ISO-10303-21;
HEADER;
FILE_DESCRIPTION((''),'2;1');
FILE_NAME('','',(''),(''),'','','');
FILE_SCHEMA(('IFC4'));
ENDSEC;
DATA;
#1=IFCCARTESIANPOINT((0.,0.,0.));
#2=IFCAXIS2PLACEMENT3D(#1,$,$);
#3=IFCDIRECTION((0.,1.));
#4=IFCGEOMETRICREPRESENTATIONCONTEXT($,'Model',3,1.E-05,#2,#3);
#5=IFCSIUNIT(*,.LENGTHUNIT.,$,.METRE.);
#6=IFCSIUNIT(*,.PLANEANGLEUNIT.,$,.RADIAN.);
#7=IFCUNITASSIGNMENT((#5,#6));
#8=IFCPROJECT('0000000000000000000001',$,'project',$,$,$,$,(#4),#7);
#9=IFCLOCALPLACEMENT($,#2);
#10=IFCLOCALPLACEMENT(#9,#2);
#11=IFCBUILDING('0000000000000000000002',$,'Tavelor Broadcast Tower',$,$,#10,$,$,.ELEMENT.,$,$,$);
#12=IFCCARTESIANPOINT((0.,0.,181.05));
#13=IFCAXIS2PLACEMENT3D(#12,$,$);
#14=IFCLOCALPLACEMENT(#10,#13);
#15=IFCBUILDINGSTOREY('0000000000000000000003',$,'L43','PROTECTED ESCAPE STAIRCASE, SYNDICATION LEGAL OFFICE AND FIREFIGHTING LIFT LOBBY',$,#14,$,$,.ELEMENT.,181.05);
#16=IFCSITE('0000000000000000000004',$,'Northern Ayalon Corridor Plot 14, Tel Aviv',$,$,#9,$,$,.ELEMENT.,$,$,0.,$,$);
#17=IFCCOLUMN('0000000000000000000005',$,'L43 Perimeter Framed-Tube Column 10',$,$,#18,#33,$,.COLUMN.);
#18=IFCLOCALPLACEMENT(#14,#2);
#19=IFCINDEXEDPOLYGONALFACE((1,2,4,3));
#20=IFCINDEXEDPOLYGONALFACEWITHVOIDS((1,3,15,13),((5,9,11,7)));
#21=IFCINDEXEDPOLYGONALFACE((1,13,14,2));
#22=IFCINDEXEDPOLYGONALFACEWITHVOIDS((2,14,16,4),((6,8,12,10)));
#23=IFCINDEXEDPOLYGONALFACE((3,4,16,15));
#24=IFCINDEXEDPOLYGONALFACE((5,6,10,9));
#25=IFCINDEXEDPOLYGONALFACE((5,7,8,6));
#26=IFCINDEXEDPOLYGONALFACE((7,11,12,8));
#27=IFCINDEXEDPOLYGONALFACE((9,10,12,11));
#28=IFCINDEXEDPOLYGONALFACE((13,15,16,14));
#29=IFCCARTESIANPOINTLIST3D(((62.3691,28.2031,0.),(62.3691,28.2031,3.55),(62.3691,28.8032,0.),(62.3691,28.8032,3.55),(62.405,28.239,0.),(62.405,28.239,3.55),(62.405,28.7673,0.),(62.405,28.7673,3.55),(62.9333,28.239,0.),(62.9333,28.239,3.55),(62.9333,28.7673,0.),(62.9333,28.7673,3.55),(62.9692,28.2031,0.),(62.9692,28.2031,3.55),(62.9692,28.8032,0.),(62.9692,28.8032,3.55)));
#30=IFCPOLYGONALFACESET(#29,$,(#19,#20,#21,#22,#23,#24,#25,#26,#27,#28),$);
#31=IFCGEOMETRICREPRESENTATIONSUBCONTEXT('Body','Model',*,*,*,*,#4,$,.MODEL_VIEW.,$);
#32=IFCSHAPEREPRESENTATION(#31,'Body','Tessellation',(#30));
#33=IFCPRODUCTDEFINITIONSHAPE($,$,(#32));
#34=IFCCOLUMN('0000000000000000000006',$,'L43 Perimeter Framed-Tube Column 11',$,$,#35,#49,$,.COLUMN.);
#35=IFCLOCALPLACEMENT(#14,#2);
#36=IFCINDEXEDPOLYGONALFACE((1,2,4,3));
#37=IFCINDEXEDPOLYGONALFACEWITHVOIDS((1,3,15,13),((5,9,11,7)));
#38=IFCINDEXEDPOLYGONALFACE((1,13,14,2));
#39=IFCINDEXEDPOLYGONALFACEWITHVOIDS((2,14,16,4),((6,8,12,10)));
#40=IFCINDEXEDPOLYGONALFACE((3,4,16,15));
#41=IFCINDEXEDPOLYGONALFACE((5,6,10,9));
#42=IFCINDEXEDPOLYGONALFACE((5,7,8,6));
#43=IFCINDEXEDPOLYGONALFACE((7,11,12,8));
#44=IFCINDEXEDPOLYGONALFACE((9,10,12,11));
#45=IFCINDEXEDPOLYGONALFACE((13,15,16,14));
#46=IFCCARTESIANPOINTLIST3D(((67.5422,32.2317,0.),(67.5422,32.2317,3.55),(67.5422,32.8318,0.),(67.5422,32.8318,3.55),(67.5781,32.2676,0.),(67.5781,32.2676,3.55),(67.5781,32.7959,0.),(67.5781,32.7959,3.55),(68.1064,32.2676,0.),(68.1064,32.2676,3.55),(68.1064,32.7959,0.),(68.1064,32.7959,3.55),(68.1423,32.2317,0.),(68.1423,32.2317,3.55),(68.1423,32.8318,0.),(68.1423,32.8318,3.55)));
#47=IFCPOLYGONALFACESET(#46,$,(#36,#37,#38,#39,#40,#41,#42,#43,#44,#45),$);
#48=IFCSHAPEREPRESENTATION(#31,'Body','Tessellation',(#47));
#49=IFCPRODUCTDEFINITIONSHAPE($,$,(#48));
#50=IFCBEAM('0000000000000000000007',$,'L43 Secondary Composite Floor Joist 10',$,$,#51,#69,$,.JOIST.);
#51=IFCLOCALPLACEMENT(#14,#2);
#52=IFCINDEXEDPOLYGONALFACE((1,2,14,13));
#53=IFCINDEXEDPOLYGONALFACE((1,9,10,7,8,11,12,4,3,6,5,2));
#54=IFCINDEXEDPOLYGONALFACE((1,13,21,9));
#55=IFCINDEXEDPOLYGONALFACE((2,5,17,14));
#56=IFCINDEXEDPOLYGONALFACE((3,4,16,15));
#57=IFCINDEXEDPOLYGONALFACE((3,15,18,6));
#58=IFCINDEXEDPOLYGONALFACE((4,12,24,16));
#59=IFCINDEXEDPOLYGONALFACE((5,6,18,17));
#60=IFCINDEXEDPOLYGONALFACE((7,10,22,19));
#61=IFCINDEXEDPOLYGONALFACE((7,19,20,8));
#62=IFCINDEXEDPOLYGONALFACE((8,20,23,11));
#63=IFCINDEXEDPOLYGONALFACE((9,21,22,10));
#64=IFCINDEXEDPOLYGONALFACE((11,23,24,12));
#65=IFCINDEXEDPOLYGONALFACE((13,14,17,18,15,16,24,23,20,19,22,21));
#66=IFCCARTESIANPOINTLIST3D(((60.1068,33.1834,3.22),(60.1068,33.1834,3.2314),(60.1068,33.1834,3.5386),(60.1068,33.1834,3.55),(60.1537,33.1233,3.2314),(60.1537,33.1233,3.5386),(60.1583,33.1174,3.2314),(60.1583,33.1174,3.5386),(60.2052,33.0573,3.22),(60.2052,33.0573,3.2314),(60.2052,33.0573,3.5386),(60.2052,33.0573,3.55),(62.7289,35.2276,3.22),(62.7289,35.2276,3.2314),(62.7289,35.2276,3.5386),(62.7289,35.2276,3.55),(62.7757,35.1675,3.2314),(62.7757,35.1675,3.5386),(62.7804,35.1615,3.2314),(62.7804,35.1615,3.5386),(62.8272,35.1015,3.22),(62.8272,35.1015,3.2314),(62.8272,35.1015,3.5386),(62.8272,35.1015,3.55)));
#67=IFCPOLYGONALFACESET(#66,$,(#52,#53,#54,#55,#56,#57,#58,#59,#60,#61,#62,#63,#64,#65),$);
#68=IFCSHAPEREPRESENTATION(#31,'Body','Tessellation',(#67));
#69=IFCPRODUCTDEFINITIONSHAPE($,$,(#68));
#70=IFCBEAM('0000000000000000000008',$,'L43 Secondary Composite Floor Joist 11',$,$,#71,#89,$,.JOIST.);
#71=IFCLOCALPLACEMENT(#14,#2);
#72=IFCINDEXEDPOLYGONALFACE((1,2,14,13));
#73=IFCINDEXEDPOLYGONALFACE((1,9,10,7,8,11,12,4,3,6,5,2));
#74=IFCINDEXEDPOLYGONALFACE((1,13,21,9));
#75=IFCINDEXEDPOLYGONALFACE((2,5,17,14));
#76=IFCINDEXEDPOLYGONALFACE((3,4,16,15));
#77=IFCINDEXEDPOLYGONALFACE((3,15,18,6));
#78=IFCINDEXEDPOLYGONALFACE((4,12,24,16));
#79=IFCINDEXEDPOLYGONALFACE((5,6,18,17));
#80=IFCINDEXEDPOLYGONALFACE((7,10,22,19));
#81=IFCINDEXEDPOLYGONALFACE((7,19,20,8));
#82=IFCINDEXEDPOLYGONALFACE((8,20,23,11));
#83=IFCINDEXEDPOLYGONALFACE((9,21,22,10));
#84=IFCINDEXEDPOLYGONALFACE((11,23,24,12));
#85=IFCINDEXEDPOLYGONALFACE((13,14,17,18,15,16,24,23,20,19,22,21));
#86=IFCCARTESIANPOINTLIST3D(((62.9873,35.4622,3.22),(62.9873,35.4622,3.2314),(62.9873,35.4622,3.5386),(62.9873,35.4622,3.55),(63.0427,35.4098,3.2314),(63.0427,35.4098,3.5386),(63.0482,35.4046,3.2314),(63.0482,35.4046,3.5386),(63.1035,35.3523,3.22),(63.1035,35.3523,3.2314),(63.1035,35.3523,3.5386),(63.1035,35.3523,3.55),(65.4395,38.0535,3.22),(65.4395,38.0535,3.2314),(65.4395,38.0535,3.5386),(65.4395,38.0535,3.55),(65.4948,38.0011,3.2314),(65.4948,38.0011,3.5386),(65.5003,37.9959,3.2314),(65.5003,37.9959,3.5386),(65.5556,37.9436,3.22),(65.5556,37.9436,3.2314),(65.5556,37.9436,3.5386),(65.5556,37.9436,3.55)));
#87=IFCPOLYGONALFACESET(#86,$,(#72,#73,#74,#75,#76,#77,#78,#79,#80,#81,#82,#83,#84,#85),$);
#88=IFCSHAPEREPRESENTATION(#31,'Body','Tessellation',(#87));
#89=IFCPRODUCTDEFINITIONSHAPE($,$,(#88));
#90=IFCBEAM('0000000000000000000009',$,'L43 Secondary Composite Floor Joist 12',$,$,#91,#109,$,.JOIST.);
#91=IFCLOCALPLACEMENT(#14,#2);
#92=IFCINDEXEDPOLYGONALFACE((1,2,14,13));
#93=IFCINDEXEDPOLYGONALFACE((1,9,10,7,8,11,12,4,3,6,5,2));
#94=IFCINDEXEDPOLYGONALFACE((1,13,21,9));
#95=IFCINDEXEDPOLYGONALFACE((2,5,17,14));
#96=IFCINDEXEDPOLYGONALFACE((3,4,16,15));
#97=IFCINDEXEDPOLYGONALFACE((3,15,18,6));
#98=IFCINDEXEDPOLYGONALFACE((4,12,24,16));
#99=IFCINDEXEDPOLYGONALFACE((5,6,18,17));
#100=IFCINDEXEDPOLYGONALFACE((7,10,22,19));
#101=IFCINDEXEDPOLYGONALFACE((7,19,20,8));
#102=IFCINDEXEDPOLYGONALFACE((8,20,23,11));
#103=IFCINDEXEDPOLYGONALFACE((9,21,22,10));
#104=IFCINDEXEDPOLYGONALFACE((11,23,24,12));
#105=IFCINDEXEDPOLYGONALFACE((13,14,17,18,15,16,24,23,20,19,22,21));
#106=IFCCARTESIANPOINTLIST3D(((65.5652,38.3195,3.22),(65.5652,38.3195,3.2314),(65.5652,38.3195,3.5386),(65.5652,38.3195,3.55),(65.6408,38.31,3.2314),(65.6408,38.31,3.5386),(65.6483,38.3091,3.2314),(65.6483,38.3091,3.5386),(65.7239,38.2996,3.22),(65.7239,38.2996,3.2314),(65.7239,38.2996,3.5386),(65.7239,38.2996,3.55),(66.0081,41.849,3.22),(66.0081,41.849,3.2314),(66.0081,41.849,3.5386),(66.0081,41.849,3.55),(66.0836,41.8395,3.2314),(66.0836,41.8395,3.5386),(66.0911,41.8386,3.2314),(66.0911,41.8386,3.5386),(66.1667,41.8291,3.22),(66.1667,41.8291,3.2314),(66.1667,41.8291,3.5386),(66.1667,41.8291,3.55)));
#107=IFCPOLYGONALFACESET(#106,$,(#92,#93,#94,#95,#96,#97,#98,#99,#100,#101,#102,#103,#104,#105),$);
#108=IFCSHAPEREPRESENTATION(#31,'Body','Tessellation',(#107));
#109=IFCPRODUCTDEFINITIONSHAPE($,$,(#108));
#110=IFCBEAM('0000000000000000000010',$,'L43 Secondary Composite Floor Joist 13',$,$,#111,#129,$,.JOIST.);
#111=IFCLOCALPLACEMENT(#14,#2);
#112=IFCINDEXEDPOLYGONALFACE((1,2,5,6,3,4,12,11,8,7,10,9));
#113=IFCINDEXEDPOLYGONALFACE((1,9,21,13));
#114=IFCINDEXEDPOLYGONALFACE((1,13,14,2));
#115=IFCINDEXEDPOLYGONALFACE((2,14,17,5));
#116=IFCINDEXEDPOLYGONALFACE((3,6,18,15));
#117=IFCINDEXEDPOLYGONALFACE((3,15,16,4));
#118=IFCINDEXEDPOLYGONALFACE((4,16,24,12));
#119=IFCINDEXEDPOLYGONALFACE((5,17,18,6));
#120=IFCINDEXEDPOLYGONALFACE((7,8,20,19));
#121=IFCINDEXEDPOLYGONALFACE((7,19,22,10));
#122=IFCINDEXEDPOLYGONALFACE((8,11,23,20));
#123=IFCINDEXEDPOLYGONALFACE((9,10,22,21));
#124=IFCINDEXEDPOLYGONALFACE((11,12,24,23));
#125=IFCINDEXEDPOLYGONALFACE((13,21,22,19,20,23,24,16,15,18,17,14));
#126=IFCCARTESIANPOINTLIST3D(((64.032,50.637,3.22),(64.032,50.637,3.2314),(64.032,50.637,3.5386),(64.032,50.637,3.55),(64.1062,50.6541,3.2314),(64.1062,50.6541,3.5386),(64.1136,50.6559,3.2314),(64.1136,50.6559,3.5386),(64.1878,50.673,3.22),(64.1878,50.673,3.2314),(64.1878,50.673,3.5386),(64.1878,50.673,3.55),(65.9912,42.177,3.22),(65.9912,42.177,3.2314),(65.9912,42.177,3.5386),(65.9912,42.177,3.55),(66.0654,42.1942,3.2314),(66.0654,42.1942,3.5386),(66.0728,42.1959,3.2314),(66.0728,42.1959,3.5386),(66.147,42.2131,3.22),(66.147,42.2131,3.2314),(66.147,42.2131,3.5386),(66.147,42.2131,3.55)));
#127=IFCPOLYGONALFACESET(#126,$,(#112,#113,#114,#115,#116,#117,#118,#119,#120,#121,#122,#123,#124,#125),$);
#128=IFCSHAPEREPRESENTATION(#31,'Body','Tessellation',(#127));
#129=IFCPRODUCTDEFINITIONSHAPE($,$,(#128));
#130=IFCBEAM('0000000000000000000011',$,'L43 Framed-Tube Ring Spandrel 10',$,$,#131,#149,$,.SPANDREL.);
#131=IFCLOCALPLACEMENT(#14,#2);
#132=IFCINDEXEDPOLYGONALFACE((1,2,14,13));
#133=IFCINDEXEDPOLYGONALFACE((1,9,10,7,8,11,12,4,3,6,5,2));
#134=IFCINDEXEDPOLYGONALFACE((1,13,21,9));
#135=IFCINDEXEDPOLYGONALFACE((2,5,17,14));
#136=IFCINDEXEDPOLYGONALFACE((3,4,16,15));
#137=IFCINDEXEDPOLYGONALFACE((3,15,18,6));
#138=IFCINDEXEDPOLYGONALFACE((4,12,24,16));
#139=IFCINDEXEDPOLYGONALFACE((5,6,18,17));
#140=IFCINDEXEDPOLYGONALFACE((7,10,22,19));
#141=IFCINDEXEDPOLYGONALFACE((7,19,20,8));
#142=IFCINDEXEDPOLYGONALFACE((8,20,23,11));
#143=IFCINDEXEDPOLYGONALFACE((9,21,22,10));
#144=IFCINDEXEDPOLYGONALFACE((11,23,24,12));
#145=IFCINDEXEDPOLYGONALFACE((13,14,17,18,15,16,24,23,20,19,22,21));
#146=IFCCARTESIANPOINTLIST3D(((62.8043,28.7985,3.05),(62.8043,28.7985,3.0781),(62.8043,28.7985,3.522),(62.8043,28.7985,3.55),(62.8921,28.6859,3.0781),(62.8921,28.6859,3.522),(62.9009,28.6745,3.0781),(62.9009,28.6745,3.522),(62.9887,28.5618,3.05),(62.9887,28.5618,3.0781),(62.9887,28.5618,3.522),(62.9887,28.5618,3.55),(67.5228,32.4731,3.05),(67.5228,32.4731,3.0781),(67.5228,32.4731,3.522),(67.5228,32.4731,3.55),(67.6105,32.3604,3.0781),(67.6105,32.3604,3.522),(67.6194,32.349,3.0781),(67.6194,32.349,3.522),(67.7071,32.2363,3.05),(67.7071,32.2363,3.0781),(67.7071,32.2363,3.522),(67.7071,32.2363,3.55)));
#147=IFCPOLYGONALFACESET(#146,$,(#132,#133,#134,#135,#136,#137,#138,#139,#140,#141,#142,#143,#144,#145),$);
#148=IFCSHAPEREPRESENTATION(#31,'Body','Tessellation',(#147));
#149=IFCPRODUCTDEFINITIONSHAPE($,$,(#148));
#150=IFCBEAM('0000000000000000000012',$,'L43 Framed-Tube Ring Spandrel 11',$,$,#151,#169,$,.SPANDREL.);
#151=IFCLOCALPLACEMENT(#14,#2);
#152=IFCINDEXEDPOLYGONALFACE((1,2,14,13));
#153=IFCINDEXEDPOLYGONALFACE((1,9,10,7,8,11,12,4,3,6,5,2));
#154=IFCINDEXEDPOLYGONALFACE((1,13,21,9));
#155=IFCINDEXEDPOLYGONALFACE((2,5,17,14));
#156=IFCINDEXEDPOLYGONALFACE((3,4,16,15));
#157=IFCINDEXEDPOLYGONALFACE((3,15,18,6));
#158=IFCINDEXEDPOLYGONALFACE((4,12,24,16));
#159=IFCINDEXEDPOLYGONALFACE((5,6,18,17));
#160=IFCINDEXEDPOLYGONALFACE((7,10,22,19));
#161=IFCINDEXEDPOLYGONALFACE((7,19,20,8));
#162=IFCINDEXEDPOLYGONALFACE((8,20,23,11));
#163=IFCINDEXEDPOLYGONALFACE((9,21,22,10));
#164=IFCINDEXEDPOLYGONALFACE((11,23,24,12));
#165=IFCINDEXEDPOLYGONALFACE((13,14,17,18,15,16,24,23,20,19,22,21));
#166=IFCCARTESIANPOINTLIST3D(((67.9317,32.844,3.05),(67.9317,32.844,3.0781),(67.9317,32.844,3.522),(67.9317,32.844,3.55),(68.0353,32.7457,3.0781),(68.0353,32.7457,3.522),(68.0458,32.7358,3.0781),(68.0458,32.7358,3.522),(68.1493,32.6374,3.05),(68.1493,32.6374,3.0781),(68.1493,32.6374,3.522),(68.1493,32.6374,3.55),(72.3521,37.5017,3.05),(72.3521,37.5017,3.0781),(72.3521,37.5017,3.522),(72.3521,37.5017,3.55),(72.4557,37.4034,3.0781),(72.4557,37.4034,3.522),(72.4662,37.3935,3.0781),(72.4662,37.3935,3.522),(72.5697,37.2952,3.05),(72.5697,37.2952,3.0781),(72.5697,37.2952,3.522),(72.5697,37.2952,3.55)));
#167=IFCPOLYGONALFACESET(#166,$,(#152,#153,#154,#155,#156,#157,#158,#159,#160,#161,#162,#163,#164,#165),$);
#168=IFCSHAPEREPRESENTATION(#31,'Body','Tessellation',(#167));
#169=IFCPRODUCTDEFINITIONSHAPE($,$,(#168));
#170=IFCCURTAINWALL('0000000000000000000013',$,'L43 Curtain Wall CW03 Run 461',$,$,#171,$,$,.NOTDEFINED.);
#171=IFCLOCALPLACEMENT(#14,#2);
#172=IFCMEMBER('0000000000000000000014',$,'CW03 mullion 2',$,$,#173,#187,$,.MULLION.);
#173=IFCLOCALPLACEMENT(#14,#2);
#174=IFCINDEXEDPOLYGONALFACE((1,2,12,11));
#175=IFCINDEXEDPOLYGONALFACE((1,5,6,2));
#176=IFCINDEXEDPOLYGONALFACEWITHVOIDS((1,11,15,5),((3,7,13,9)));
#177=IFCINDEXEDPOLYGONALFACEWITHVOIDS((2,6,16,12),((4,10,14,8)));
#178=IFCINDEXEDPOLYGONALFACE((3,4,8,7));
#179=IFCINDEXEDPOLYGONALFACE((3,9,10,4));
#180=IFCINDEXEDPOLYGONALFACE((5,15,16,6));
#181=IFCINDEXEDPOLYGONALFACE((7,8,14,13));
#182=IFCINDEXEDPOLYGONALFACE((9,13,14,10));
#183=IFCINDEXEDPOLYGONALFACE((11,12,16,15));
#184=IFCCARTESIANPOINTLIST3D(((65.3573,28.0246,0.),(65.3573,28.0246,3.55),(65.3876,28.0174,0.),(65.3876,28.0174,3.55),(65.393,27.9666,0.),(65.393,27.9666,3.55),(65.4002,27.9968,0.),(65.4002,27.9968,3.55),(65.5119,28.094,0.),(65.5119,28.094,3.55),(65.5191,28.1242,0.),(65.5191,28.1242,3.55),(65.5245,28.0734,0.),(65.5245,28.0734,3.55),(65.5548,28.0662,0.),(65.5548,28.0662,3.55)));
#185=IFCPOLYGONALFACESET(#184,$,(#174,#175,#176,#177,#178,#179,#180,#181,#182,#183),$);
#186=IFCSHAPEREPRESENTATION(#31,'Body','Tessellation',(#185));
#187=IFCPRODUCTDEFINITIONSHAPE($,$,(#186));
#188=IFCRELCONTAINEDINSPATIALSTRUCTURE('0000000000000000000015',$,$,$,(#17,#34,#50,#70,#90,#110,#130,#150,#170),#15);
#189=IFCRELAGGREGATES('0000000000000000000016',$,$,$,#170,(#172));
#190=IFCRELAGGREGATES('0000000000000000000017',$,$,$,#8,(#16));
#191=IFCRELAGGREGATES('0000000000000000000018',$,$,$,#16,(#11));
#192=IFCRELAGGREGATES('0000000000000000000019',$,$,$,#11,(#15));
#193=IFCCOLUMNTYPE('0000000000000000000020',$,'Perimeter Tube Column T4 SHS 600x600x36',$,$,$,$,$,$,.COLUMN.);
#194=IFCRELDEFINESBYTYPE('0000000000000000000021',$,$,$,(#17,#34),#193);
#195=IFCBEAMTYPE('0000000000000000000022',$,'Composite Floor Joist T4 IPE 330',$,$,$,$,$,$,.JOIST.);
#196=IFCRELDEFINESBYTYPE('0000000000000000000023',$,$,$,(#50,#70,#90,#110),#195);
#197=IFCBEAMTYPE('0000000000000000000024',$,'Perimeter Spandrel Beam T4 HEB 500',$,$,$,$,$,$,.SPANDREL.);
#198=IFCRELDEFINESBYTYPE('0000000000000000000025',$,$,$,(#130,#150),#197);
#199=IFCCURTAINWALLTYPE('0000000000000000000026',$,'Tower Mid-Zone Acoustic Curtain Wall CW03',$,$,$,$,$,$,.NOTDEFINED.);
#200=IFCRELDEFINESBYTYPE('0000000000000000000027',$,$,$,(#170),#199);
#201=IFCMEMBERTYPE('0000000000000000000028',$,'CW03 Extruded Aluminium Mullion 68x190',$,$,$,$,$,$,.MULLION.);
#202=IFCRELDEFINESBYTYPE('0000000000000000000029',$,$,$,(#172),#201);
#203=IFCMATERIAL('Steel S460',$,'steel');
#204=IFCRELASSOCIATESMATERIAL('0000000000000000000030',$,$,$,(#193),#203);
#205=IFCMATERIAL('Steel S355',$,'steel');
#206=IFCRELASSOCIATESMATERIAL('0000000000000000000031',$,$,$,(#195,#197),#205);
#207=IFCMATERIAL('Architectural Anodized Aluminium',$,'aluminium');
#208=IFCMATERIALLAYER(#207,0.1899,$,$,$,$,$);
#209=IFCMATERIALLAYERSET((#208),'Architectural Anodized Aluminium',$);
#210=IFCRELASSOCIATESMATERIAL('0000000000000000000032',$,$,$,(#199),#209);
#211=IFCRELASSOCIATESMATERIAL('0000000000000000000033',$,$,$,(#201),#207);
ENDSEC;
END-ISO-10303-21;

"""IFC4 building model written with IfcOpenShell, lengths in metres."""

from ifc_helpers import new_model, si_unit, direction, frame, origin, origin_2d, place, context, subcontext, project, spatial, hollow_rectangle, i_section, extrude, source, transform, mapped, material, layer, layer_set, material_profile, profile_set, type_object, type_shapes, element, aggregate, save


model = new_model("IFC4")

# Units and contexts
model_context = context("Model", 3, precision=1e-05, world=origin(), true_north=direction((0.0, 1.0)))
body_context = subcontext(model_context, "Body", "Model", "MODEL_VIEW")
ifc_project = project(units=[si_unit("LENGTHUNIT", "METRE"), si_unit("PLANEANGLEUNIT", "RADIAN")], contexts=[model_context])

# Site, building, storey
site_placement = place(None, origin())
site = spatial("IfcSite", under=ifc_project, at=site_placement, Name="Northern Ayalon Corridor Plot 14, Tel Aviv", CompositionType="ELEMENT", RefElevation=0.0)
building_placement = place(site_placement, origin())
building = spatial("IfcBuilding", under=site, at=building_placement, Name="Tavelor Broadcast Tower", CompositionType="ELEMENT")
storey_placement = place(building_placement, frame((0.0, 0.0, 181.05)))
storey = spatial("IfcBuildingStorey", under=building, at=storey_placement, Name="L43", Description="PROTECTED ESCAPE STAIRCASE, SYNDICATION LEGAL OFFICE AND FIREFIGHTING LIFT LOBBY", CompositionType="ELEMENT", Elevation=181.05)

# Columns
ifc_material_1 = material(Name="Steel S460", Category="steel")
ifc_material_profile_1 = material_profile(ifc_material_1, hollow_rectangle(XDim=0.6001, YDim=0.6001, WallThickness=0.0359, at=origin_2d()), Name="SHS 600x600x36")
ifc_profile_set_1 = profile_set([ifc_material_profile_1], Name="Steel S460")
column_type = type_object("IfcColumnType", Name="Perimeter Tube Column T4 SHS 600x600x36", PredefinedType="COLUMN", material=ifc_profile_set_1)
for number, where, z_axis, x_axis, name in (
    (1, (62.6692, 28.5032, 0.0), (0.0, 0.0, 1.0), (1.0, 0.0, 0.0), "L43 Perimeter Framed-Tube Column 10"),
    (2, (67.8423, 32.5317, 0.0), (0.0, 0.0, 1.0), (1.0, 0.0, 0.0), "L43 Perimeter Framed-Tube Column 11"),
):
    element("IfcColumn", number, at=place(storey_placement, frame(where, z_axis=z_axis, x_axis=x_axis)), inside=storey, type_object=column_type, Name=name, PredefinedType="COLUMN", context=body_context, shape_type="SweptSolid", body=[
        extrude(hollow_rectangle(XDim=0.6001, YDim=0.6001, WallThickness=0.0359, at=origin_2d()), origin(), (0.0, 0.0, 1.0), 3.55),
    ])

# Beams
ifc_material_2 = material(Name="Steel S355", Category="steel")
ifc_material_profile_2 = material_profile(ifc_material_2, i_section(OverallWidth=0.1599, OverallDepth=0.3301, WebThickness=0.0076, FlangeThickness=0.0115, at=origin_2d()), Name="IPE 330")
ifc_profile_set_2 = profile_set([ifc_material_profile_2], Name="Steel S355")
beam_type_1 = type_object("IfcBeamType", Name="Composite Floor Joist T4 IPE 330", PredefinedType="JOIST", material=ifc_profile_set_2)
beam_1_placement = place(storey_placement, frame((60.156, 33.1204, 3.385), z_axis=(0.788652, 0.61484, 0.0), x_axis=(-0.61484, 0.788652, 0.0)))
element("IfcBeam", 3, at=beam_1_placement, inside=storey, type_object=beam_type_1, Name="L43 Secondary Composite Floor Joist 10", PredefinedType="JOIST", context=body_context, shape_type="SweptSolid", body=[
    extrude(i_section(OverallWidth=0.1599, OverallDepth=0.3301, WebThickness=0.0076, FlangeThickness=0.0115, at=origin_2d()), origin(), (0.0, 0.0, 1.0), 3.3247),
])
beam_2_placement = place(storey_placement, frame((63.0454, 35.4072, 3.385), z_axis=(0.687335, 0.726341, 0.0), x_axis=(-0.726341, 0.687335, 0.0)))
element("IfcBeam", 4, at=beam_2_placement, inside=storey, type_object=beam_type_1, Name="L43 Secondary Composite Floor Joist 11", PredefinedType="JOIST", context=body_context, shape_type="SweptSolid", body=[
    extrude(i_section(OverallWidth=0.1599, OverallDepth=0.3301, WebThickness=0.0076, FlangeThickness=0.0115, at=origin_2d()), origin(), (0.0, 0.0, 1.0), 3.5676),
])
beam_3_placement = place(storey_placement, frame((65.6445, 38.3096, 3.385), z_axis=(0.124499, 0.99222, 0.0), x_axis=(-0.99222, 0.124499, 0.0)))
element("IfcBeam", 5, at=beam_3_placement, inside=storey, type_object=beam_type_1, Name="L43 Secondary Composite Floor Joist 12", PredefinedType="JOIST", context=body_context, shape_type="SweptSolid", body=[
    extrude(i_section(OverallWidth=0.1599, OverallDepth=0.3301, WebThickness=0.0076, FlangeThickness=0.0115, at=origin_2d()), origin(), (0.0, 0.0, 1.0), 3.5571),
])
beam_4_placement = place(storey_placement, frame((66.0691, 42.1951, 3.385), z_axis=(-0.225617, 0.974216, 0.0), x_axis=(-0.974216, -0.225617, 0.0)))
element("IfcBeam", 6, at=beam_4_placement, inside=storey, type_object=beam_type_1, Name="L43 Secondary Composite Floor Joist 13", PredefinedType="JOIST", context=body_context, shape_type="SweptSolid", body=[
    extrude(i_section(OverallWidth=0.1599, OverallDepth=0.3301, WebThickness=0.0076, FlangeThickness=0.0115, at=origin_2d()), origin(), (0.0, 0.0, 1.0), 8.6838),
])
ifc_material_profile_3 = material_profile(ifc_material_2, i_section(OverallWidth=0.3, OverallDepth=0.5, WebThickness=0.0144, FlangeThickness=0.0281, at=origin_2d()), Name="HEB 500")
ifc_profile_set_3 = profile_set([ifc_material_profile_3], Name="Steel S355")
beam_type_2 = type_object("IfcBeamType", Name="Perimeter Spandrel Beam T4 HEB 500", PredefinedType="SPANDREL", material=ifc_profile_set_3)
beam_5_placement = place(storey_placement, frame((62.8965, 28.6802, 3.3), z_axis=(0.788978, 0.614421, 0.0), x_axis=(-0.614421, 0.788978, 0.0)))
element("IfcBeam", 7, at=beam_5_placement, inside=storey, type_object=beam_type_2, Name="L43 Framed-Tube Ring Spandrel 10", PredefinedType="SPANDREL", context=body_context, shape_type="SweptSolid", body=[
    extrude(i_section(OverallWidth=0.3, OverallDepth=0.5, WebThickness=0.0144, FlangeThickness=0.0281, at=origin_2d()), origin(), (0.0, 0.0, 1.0), 5.9805),
])
beam_6_placement = place(storey_placement, frame((68.0405, 32.7407, 3.3), z_axis=(0.688388, 0.725343, 0.0), x_axis=(-0.725343, 0.688388, 0.0)))
element("IfcBeam", 8, at=beam_6_placement, inside=storey, type_object=beam_type_2, Name="L43 Framed-Tube Ring Spandrel 11", PredefinedType="SPANDREL", context=body_context, shape_type="SweptSolid", body=[
    extrude(i_section(OverallWidth=0.3, OverallDepth=0.5, WebThickness=0.0144, FlangeThickness=0.0281, at=origin_2d()), origin(), (0.0, 0.0, 1.0), 6.4214),
])

# Curtain wall, member
ifc_material_3 = material(Name="Architectural Anodized Aluminium", Category="aluminium")
ifc_layer_1 = layer(ifc_material_3, 0.1899)
ifc_layer_set_1 = layer_set([ifc_layer_1], Name="Architectural Anodized Aluminium")
curtain_wall_type = type_object("IfcCurtainWallType", Name="Tower Mid-Zone Acoustic Curtain Wall CW03", PredefinedType="NOTDEFINED", material=ifc_layer_set_1)
curtain_wall_1_placement = place(storey_placement, origin())
curtain_wall_1 = element("IfcCurtainWall", 9, at=curtain_wall_1_placement, inside=storey, type_object=curtain_wall_type, Name="L43 Curtain Wall CW03 Run 461", PredefinedType="NOTDEFINED")
ifc_material_profile_4 = material_profile(ifc_material_3, hollow_rectangle(XDim=0.0681, YDim=0.1899, WallThickness=0.022, at=origin_2d()), Name="RHS 68x190x22")
ifc_profile_set_4 = profile_set([ifc_material_profile_4], Name="Architectural Anodized Aluminium")
member_type_1 = type_object("IfcMemberType", Name="CW03 Extruded Aluminium Mullion 68x190", PredefinedType="MULLION", material=ifc_profile_set_4)
shared_shape_1 = source(origin(), body_context, "Body", "SweptSolid", [
    extrude(hollow_rectangle(XDim=0.0681, YDim=0.1899, WallThickness=0.022, at=origin_2d()), origin(), (0.0, 0.0, 1.0), 3.55),
])
type_shapes(member_type_1, [shared_shape_1])
member_1_placement = place(storey_placement, frame((65.4561, 28.0454, 0.0), z_axis=(0.0, 0.0, 1.0), x_axis=(-0.524353, 0.851501, 0.0)))
member_1 = element("IfcMember", 10, at=member_1_placement, type_object=member_type_1, Name="CW03 mullion 2", PredefinedType="MULLION", context=body_context, shape_type="MappedRepresentation", body=[
    mapped(shared_shape_1, transform((0.0, 0.0, 0.0), scale=1.0)),
])

aggregate(curtain_wall_1, [member_1])

save(model, "model.ifc")
